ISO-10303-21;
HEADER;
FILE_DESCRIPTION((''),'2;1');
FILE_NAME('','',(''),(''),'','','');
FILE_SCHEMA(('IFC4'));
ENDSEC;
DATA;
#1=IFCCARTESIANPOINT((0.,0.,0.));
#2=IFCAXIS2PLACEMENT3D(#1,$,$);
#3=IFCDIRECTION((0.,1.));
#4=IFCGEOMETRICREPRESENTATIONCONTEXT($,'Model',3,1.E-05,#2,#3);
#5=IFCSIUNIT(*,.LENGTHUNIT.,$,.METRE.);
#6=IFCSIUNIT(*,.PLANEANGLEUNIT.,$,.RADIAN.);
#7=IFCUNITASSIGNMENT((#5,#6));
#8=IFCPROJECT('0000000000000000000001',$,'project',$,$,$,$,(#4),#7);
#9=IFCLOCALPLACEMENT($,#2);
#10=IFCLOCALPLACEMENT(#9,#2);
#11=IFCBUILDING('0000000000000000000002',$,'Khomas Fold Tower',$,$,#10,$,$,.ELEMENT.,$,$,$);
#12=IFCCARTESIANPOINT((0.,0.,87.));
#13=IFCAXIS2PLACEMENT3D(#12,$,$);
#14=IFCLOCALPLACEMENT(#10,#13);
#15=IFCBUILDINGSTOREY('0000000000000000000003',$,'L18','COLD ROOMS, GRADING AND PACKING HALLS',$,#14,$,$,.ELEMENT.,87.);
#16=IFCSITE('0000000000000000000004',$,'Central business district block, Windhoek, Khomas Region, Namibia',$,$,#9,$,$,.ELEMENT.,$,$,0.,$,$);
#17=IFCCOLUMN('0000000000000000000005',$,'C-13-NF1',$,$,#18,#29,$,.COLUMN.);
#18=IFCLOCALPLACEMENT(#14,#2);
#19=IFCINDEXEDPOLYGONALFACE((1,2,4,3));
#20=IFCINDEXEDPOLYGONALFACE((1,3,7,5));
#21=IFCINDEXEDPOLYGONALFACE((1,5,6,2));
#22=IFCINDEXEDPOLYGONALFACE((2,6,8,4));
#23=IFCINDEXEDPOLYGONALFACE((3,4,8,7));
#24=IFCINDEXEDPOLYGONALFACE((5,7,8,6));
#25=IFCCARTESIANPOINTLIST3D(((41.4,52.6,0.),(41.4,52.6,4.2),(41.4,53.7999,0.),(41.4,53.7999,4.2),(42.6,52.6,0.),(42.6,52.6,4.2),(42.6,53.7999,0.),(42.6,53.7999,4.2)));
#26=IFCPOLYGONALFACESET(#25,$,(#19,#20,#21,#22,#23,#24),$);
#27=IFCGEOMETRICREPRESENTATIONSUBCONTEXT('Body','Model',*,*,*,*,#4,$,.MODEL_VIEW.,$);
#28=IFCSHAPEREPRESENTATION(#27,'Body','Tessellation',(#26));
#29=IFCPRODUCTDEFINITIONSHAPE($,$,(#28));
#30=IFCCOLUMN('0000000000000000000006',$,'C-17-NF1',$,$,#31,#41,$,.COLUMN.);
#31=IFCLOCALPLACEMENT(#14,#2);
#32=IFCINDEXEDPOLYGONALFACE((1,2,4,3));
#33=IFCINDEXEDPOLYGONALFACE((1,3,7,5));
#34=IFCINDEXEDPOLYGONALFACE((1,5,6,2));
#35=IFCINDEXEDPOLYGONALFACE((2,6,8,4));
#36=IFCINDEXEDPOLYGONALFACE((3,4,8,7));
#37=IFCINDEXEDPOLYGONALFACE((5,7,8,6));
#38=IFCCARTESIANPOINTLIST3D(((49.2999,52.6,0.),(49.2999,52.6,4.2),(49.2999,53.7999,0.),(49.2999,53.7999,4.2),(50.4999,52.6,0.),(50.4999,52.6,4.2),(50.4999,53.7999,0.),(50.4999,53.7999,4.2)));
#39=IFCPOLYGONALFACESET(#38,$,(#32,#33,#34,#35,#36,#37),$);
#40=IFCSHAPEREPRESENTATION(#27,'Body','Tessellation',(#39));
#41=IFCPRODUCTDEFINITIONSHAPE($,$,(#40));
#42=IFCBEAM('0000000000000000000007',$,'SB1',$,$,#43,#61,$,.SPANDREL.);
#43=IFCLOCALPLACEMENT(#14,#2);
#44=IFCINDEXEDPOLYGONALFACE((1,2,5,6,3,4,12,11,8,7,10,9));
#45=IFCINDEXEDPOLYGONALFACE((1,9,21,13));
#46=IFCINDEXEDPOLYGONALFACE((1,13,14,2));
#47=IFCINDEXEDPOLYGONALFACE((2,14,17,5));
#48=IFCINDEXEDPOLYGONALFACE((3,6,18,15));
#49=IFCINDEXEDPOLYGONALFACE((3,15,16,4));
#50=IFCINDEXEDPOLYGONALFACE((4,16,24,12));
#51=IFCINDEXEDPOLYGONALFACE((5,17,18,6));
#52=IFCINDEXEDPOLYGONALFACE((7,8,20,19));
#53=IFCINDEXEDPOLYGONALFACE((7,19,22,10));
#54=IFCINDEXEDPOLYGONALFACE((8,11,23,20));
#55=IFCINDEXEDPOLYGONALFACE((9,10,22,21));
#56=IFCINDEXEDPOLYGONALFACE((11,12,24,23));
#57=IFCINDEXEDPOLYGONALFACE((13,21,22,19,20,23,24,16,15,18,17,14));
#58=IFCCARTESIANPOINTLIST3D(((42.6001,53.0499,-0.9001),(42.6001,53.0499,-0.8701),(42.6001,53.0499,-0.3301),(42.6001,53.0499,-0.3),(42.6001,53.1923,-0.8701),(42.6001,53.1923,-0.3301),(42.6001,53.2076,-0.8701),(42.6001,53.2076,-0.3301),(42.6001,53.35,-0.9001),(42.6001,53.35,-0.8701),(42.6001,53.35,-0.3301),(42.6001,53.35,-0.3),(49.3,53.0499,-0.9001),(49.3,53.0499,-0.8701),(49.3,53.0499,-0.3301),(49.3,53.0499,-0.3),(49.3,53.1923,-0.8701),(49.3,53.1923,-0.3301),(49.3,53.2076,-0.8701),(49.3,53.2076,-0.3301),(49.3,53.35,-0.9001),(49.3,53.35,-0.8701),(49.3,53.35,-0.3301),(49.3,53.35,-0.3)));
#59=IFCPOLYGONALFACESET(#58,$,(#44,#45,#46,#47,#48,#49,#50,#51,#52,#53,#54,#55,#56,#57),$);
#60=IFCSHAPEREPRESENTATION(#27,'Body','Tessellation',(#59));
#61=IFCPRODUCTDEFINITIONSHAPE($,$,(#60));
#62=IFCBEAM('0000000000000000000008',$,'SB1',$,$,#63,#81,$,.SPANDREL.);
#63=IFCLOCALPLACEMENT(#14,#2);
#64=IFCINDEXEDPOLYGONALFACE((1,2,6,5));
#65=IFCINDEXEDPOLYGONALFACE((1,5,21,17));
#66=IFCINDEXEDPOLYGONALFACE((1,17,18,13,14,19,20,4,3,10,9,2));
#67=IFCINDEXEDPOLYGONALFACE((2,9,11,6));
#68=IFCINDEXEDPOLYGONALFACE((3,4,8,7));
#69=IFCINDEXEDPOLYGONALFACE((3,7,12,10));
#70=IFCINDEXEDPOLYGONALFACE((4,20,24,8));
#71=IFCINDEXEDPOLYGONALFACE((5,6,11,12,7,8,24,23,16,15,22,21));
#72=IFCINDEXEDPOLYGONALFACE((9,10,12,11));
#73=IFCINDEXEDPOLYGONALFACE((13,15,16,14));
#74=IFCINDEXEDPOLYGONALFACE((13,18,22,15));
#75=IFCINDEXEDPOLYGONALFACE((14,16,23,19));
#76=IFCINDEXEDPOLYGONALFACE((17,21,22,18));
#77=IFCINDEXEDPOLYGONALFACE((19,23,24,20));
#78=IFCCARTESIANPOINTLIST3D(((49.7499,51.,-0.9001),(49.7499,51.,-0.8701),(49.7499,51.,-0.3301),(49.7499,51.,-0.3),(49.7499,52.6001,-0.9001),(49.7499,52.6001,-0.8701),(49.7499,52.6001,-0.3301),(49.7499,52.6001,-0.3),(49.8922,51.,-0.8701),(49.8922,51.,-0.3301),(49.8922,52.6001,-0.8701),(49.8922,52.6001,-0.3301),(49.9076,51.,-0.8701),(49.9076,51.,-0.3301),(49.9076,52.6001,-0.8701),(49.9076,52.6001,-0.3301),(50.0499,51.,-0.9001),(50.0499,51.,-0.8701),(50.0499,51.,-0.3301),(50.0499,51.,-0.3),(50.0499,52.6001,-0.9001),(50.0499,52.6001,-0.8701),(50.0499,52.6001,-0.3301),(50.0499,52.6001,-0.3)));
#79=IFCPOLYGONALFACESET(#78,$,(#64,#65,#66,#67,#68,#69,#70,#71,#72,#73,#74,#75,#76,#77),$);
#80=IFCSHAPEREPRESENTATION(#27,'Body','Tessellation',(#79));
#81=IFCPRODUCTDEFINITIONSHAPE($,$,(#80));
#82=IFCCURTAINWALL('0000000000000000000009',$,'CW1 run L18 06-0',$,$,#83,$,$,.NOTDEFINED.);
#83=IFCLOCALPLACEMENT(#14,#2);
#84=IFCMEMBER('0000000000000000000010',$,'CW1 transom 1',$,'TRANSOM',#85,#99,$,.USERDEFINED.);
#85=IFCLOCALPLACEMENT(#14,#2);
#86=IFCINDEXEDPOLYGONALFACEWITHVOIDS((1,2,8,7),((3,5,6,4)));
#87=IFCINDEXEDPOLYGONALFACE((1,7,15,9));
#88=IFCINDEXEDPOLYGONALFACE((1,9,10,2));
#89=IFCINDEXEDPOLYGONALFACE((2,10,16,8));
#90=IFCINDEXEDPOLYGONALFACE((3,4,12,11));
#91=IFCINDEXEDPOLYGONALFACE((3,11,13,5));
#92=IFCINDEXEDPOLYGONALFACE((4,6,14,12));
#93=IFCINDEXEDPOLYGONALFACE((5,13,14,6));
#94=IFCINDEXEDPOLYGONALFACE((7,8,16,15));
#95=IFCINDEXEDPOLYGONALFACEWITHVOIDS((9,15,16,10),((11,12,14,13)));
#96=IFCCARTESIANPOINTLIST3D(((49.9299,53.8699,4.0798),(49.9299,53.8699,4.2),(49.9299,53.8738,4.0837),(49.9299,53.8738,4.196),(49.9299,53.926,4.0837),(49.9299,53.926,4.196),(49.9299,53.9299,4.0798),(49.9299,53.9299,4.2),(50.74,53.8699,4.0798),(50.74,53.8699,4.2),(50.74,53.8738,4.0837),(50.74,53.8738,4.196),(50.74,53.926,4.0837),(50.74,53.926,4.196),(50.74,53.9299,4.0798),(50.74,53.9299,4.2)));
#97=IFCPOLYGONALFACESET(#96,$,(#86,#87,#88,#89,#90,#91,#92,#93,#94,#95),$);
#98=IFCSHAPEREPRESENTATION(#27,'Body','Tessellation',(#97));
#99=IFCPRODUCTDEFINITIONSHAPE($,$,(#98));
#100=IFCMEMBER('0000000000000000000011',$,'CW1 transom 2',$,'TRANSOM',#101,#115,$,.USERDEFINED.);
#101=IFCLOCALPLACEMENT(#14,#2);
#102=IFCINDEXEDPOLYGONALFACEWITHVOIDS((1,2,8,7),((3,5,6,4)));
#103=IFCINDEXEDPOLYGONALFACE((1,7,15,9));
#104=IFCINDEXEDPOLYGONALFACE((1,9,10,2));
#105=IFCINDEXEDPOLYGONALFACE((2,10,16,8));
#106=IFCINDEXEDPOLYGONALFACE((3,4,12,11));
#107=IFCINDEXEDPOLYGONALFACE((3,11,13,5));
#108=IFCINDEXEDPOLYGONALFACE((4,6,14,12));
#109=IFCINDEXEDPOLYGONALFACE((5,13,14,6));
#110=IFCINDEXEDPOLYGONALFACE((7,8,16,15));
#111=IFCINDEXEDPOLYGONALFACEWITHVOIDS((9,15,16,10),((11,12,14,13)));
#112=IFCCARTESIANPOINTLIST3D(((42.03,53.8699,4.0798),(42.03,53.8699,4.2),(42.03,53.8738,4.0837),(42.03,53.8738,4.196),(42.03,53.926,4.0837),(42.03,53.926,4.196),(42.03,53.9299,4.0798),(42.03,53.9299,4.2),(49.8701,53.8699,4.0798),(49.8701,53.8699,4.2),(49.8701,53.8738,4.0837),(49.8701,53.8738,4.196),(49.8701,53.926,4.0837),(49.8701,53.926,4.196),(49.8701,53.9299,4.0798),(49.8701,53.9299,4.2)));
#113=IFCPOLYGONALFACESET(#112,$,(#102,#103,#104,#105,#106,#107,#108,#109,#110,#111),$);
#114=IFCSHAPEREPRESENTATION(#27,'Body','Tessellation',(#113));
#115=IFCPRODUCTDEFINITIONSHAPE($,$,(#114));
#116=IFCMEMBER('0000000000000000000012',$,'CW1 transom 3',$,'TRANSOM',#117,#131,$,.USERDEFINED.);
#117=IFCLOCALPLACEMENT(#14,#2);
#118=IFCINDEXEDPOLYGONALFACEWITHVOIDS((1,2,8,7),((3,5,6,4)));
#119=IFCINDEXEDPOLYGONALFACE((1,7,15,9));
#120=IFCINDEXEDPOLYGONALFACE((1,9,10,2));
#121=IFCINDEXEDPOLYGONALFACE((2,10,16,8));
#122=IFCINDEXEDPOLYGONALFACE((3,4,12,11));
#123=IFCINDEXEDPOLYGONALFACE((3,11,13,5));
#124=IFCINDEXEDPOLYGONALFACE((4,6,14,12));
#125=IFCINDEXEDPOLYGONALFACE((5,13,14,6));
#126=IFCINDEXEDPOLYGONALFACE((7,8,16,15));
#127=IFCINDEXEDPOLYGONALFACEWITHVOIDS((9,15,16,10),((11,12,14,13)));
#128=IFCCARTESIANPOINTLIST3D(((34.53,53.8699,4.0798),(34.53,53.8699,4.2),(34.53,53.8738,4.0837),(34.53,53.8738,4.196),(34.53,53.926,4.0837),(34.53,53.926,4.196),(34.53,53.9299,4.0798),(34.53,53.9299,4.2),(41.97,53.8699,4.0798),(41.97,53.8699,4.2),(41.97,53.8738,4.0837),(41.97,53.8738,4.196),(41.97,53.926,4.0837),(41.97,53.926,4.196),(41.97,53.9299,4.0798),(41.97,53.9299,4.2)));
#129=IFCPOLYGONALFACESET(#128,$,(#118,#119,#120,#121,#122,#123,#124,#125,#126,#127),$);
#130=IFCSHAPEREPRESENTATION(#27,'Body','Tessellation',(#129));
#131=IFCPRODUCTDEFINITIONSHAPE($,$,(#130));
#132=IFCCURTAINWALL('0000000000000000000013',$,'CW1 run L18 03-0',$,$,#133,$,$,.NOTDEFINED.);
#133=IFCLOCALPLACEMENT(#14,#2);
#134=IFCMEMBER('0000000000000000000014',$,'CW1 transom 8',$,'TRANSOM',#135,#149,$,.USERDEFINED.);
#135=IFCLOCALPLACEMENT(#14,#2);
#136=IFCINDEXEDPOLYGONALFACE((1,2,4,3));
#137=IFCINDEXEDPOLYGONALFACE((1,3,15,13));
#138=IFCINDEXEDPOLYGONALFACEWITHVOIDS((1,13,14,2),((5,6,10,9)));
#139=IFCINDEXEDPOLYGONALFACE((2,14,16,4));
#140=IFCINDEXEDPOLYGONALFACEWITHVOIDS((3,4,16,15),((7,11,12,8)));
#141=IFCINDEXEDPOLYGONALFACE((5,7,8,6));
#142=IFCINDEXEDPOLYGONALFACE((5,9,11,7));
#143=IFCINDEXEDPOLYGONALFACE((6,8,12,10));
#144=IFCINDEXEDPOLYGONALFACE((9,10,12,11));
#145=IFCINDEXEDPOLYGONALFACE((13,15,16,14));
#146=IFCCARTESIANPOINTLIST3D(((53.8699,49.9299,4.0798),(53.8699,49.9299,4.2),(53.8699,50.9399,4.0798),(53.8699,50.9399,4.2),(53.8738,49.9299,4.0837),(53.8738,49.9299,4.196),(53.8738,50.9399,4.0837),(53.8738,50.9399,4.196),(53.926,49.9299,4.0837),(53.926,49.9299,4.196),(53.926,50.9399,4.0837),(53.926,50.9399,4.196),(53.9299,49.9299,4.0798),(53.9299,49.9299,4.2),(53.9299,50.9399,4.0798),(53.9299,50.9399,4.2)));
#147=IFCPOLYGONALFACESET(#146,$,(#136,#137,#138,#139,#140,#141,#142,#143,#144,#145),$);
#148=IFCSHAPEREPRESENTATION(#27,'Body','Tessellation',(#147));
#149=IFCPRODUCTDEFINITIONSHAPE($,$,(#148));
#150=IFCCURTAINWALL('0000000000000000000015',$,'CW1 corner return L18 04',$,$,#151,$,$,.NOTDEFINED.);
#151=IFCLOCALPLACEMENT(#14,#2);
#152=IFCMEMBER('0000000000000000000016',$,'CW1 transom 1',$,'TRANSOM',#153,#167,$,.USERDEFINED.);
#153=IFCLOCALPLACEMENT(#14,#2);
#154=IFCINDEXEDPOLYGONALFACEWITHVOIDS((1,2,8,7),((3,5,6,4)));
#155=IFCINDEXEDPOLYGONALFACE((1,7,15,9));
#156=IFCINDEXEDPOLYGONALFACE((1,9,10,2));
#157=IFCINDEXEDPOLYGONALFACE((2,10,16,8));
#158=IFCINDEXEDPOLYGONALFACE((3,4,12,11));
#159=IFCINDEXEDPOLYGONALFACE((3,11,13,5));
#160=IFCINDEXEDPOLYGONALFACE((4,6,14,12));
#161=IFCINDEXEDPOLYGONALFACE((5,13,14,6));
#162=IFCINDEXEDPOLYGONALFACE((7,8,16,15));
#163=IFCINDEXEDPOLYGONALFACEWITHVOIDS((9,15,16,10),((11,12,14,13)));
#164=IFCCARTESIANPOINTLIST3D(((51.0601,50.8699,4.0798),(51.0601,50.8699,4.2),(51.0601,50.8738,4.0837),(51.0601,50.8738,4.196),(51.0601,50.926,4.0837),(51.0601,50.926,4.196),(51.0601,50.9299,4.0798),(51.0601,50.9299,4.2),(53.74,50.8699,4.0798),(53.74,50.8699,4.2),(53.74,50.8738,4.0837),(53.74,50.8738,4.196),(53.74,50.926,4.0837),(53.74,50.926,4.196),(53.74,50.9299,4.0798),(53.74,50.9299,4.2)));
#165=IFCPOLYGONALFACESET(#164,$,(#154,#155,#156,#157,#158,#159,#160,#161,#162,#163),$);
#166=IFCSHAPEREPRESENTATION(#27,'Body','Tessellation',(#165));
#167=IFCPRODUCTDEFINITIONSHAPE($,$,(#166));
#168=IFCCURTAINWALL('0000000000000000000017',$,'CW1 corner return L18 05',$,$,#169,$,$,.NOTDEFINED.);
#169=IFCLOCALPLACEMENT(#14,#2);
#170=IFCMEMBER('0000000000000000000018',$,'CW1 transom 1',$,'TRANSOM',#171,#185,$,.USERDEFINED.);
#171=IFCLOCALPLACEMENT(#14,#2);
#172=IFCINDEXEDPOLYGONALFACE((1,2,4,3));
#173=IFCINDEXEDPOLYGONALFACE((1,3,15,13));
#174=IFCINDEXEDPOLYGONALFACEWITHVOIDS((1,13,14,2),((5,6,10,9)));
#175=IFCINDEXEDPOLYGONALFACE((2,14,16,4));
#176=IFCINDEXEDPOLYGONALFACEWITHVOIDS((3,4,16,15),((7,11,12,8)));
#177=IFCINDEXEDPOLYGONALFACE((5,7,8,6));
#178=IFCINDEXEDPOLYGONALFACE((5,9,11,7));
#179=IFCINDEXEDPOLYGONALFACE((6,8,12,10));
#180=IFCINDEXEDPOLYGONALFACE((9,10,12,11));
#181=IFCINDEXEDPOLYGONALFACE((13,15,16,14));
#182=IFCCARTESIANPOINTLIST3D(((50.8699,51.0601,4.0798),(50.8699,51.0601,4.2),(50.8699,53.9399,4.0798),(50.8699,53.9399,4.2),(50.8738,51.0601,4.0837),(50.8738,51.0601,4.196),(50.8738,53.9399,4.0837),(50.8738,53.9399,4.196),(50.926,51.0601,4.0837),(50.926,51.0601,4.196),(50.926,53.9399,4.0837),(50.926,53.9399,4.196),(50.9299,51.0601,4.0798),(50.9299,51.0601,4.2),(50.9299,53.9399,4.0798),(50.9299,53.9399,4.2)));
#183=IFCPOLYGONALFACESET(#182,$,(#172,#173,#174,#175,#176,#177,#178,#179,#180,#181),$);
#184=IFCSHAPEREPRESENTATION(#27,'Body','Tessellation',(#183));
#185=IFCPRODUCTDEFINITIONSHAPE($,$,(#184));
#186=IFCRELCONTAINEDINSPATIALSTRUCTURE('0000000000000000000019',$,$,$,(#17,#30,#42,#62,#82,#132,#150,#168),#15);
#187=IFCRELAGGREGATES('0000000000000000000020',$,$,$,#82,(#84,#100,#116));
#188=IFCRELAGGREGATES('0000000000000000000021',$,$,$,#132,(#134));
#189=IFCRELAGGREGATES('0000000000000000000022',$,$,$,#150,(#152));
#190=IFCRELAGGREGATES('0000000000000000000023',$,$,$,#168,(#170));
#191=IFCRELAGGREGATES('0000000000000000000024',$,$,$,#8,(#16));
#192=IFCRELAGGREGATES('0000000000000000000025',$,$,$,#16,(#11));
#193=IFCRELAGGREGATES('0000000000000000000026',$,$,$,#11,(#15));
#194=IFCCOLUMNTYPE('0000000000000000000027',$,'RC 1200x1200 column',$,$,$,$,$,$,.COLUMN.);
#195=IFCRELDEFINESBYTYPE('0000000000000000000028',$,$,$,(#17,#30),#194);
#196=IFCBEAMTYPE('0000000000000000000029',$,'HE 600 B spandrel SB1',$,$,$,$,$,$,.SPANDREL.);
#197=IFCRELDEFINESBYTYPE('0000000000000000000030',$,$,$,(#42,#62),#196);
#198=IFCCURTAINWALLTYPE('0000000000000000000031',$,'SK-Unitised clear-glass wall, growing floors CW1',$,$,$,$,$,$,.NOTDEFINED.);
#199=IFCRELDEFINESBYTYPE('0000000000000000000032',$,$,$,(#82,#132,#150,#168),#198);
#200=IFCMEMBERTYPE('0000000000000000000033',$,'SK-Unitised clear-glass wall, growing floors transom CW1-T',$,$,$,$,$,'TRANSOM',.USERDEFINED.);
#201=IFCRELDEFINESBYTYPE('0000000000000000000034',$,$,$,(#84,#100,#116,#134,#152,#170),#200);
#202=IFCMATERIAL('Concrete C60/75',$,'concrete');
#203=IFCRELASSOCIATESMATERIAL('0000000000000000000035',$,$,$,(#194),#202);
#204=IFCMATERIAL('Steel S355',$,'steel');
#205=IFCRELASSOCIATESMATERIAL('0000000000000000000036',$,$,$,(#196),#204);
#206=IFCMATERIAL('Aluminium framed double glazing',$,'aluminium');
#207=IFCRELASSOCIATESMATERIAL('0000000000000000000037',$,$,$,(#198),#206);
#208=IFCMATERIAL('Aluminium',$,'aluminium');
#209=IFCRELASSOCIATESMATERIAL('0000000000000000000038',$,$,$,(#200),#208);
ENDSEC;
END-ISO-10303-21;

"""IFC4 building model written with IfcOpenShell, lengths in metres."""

from ifc_helpers import new_model, si_unit, direction, frame, origin, origin_2d, place, context, subcontext, project, spatial, rectangle, hollow_rectangle, i_section, extrude, source, transform, mapped, material, material_profile, profile_set, type_object, element, aggregate, save


model = new_model("IFC4")

# Units and contexts
model_context = context("Model", 3, precision=1e-05, world=origin(), true_north=direction((0.0, 1.0)))
body_context = subcontext(model_context, "Body", "Model", "MODEL_VIEW")
ifc_project = project(units=[si_unit("LENGTHUNIT", "METRE"), si_unit("PLANEANGLEUNIT", "RADIAN")], contexts=[model_context])

# Site, building, storey
site_placement = place(None, origin())
site = spatial("IfcSite", under=ifc_project, at=site_placement, Name="Central business district block, Windhoek, Khomas Region, Namibia", CompositionType="ELEMENT", RefElevation=0.0)
building_placement = place(site_placement, origin())
building = spatial("IfcBuilding", under=site, at=building_placement, Name="Khomas Fold Tower", CompositionType="ELEMENT")
storey_placement = place(building_placement, frame((0.0, 0.0, 87.0)))
storey = spatial("IfcBuildingStorey", under=building, at=storey_placement, Name="L18", Description="COLD ROOMS, GRADING AND PACKING HALLS", CompositionType="ELEMENT", Elevation=87.0)

# Columns
ifc_material_1 = material(Name="Concrete C60/75", Category="concrete")
ifc_material_profile_1 = material_profile(ifc_material_1, rectangle(XDim=1.2, YDim=1.2, at=origin_2d()), Name="RC 1200x1200")
ifc_profile_set_1 = profile_set([ifc_material_profile_1], Name="Concrete C60/75")
column_type = type_object("IfcColumnType", Name="RC 1200x1200 column", PredefinedType="COLUMN", material=ifc_profile_set_1)
shared_shape_1 = source(origin(), body_context, "Body", "SweptSolid", [
    extrude(rectangle(XDim=1.2, YDim=1.2, at=origin_2d()), origin(), (0.0, 0.0, 1.0), 4.2),
])
for number, where, z_axis, x_axis, name in (
    (1, (42.0, 53.2, 0.0), (0.0, 0.0, 1.0), (1.0, 0.0, 0.0), "C-13-NF1"),
    (2, (49.8999, 53.2, 0.0), (0.0, 0.0, 1.0), (1.0, 0.0, 0.0), "C-17-NF1"),
):
    element("IfcColumn", number, at=place(storey_placement, frame(where, z_axis=z_axis, x_axis=x_axis)), inside=storey, type_object=column_type, Name=name, PredefinedType="COLUMN", context=body_context, shape_type="MappedRepresentation", body=[
        mapped(shared_shape_1, transform((0.0, 0.0, 0.0))),
    ])

# Beams
ifc_material_2 = material(Name="Steel S355", Category="steel")
ifc_material_profile_2 = material_profile(ifc_material_2, i_section(OverallWidth=0.3, OverallDepth=0.6001, WebThickness=0.0154, FlangeThickness=0.03, at=origin_2d()), Name="HE 600 B")
ifc_profile_set_2 = profile_set([ifc_material_profile_2], Name="Steel S355")
beam_type = type_object("IfcBeamType", Name="HE 600 B spandrel SB1", PredefinedType="SPANDREL", material=ifc_profile_set_2)
shared_shape_2 = source(origin(), body_context, "Body", "SweptSolid", [
    extrude(i_section(OverallWidth=0.3, OverallDepth=0.6001, WebThickness=0.0154, FlangeThickness=0.03, at=origin_2d()), origin(), (0.0, 0.0, 1.0), 6.7),
])
beam_1_placement = place(storey_placement, frame((42.6001, 53.2, -0.6001), z_axis=(1.0, 0.0, 0.0), x_axis=(0.0, 1.0, 0.0)))
element("IfcBeam", 3, at=beam_1_placement, inside=storey, type_object=beam_type, Name="SB1", PredefinedType="SPANDREL", context=body_context, shape_type="MappedRepresentation", body=[
    mapped(shared_shape_2, transform((0.0, 0.0, 0.0))),
])
shared_shape_3 = source(origin(), body_context, "Body", "SweptSolid", [
    extrude(i_section(OverallWidth=0.3, OverallDepth=0.6001, WebThickness=0.0154, FlangeThickness=0.03, at=origin_2d()), origin(), (0.0, 0.0, 1.0), 1.6001),
])
beam_2_placement = place(storey_placement, frame((49.8999, 51.0, -0.6001), z_axis=(0.0, 1.0, 0.0), x_axis=(-1.0, 0.0, 0.0)))
element("IfcBeam", 4, at=beam_2_placement, inside=storey, type_object=beam_type, Name="SB1", PredefinedType="SPANDREL", context=body_context, shape_type="MappedRepresentation", body=[
    mapped(shared_shape_3, transform((0.0, 0.0, 0.0))),
])

# Curtain wall, members
ifc_material_3 = material(Name="Aluminium framed double glazing", Category="aluminium")
curtain_wall_type = type_object("IfcCurtainWallType", Name="SK-Unitised clear-glass wall, growing floors CW1", PredefinedType="NOTDEFINED", material=ifc_material_3)
curtain_wall_1_placement = place(storey_placement, origin())
curtain_wall_1 = element("IfcCurtainWall", 5, at=curtain_wall_1_placement, inside=storey, type_object=curtain_wall_type, Name="CW1 run L18 06-0", PredefinedType="NOTDEFINED")
ifc_material_4 = material(Name="Aluminium", Category="aluminium")
ifc_material_profile_3 = material_profile(ifc_material_4, hollow_rectangle(XDim=0.0601, YDim=0.1201, WallThickness=0.0039, at=origin_2d()), Name="SK-Unitised clear-glass wall, growing floors transom CW1-T")
ifc_profile_set_3 = profile_set([ifc_material_profile_3], Name="Aluminium")
member_type_1 = type_object("IfcMemberType", Name="SK-Unitised clear-glass wall, growing floors transom CW1-T", ElementType="TRANSOM", PredefinedType="USERDEFINED", material=ifc_profile_set_3)
shared_shape_4 = source(origin(), body_context, "Body", "SweptSolid", [
    extrude(hollow_rectangle(XDim=0.0601, YDim=0.1201, WallThickness=0.0039, at=origin_2d()), origin(), (0.0, 0.0, 1.0), 0.8101),
])
member_1_placement = place(storey_placement, frame((50.74, 53.8999, 4.1399), z_axis=(-1.0, 0.0, 0.0), x_axis=(0.0, -1.0, 0.0)))
member_1 = element("IfcMember", 6, at=member_1_placement, type_object=member_type_1, Name="CW1 transom 1", ObjectType="TRANSOM", PredefinedType="USERDEFINED", context=body_context, shape_type="MappedRepresentation", body=[
    mapped(shared_shape_4, transform((0.0, 0.0, 0.0))),
])
shared_shape_5 = source(origin(), body_context, "Body", "SweptSolid", [
    extrude(hollow_rectangle(XDim=0.0601, YDim=0.1201, WallThickness=0.0039, at=origin_2d()), origin(), (0.0, 0.0, 1.0), 7.8401),
])
member_2_placement = place(storey_placement, frame((49.8701, 53.8999, 4.1399), z_axis=(-1.0, 0.0, 0.0), x_axis=(0.0, -1.0, 0.0)))
member_2 = element("IfcMember", 7, at=member_2_placement, type_object=member_type_1, Name="CW1 transom 2", ObjectType="TRANSOM", PredefinedType="USERDEFINED", context=body_context, shape_type="MappedRepresentation", body=[
    mapped(shared_shape_5, transform((0.0, 0.0, 0.0))),
])
shared_shape_6 = source(origin(), body_context, "Body", "SweptSolid", [
    extrude(hollow_rectangle(XDim=0.0601, YDim=0.1201, WallThickness=0.0039, at=origin_2d()), origin(), (0.0, 0.0, 1.0), 7.4399),
])
member_3_placement = place(storey_placement, frame((41.97, 53.8999, 4.1399), z_axis=(-1.0, 0.0, 0.0), x_axis=(0.0, -1.0, 0.0)))
member_3 = element("IfcMember", 8, at=member_3_placement, type_object=member_type_1, Name="CW1 transom 3", ObjectType="TRANSOM", PredefinedType="USERDEFINED", context=body_context, shape_type="MappedRepresentation", body=[
    mapped(shared_shape_6, transform((0.0, 0.0, 0.0))),
])

# Curtain walls, members
curtain_wall_2_placement = place(storey_placement, origin())
curtain_wall_2 = element("IfcCurtainWall", 9, at=curtain_wall_2_placement, inside=storey, type_object=curtain_wall_type, Name="CW1 run L18 03-0", PredefinedType="NOTDEFINED")
shared_shape_7 = source(origin(), body_context, "Body", "SweptSolid", [
    extrude(hollow_rectangle(XDim=0.0601, YDim=0.1201, WallThickness=0.0039, at=origin_2d()), origin(), (0.0, 0.0, 1.0), 1.01),
])
member_4_placement = place(storey_placement, frame((53.8999, 49.9299, 4.1399), z_axis=(0.0, 1.0, 0.0), x_axis=(-1.0, 0.0, 0.0)))
member_4 = element("IfcMember", 10, at=member_4_placement, type_object=member_type_1, Name="CW1 transom 8", ObjectType="TRANSOM", PredefinedType="USERDEFINED", context=body_context, shape_type="MappedRepresentation", body=[
    mapped(shared_shape_7, transform((0.0, 0.0, 0.0))),
])
curtain_wall_3_placement = place(storey_placement, origin())
curtain_wall_3 = element("IfcCurtainWall", 11, at=curtain_wall_3_placement, inside=storey, type_object=curtain_wall_type, Name="CW1 corner return L18 04", PredefinedType="NOTDEFINED")
shared_shape_8 = source(origin(), body_context, "Body", "SweptSolid", [
    extrude(hollow_rectangle(XDim=0.0601, YDim=0.1201, WallThickness=0.0039, at=origin_2d()), origin(), (0.0, 0.0, 1.0), 2.6799),
])
member_5_placement = place(storey_placement, frame((53.74, 50.8999, 4.1399), z_axis=(-1.0, 0.0, 0.0), x_axis=(0.0, -1.0, 0.0)))
member_5 = element("IfcMember", 12, at=member_5_placement, type_object=member_type_1, Name="CW1 transom 1", ObjectType="TRANSOM", PredefinedType="USERDEFINED", context=body_context, shape_type="MappedRepresentation", body=[
    mapped(shared_shape_8, transform((0.0, 0.0, 0.0))),
])
curtain_wall_4_placement = place(storey_placement, origin())
curtain_wall_4 = element("IfcCurtainWall", 13, at=curtain_wall_4_placement, inside=storey, type_object=curtain_wall_type, Name="CW1 corner return L18 05", PredefinedType="NOTDEFINED")
shared_shape_9 = source(origin(), body_context, "Body", "SweptSolid", [
    extrude(hollow_rectangle(XDim=0.0601, YDim=0.1201, WallThickness=0.0039, at=origin_2d()), origin(), (0.0, 0.0, 1.0), 2.8799),
])
member_6_placement = place(storey_placement, frame((50.8999, 51.0601, 4.1399), z_axis=(0.0, 1.0, 0.0), x_axis=(-1.0, 0.0, 0.0)))
member_6 = element("IfcMember", 14, at=member_6_placement, type_object=member_type_1, Name="CW1 transom 1", ObjectType="TRANSOM", PredefinedType="USERDEFINED", context=body_context, shape_type="MappedRepresentation", body=[
    mapped(shared_shape_9, transform((0.0, 0.0, 0.0))),
])

aggregate(curtain_wall_1, [member_1, member_2, member_3])
aggregate(curtain_wall_2, [member_4])
aggregate(curtain_wall_3, [member_5])
aggregate(curtain_wall_4, [member_6])

save(model, "model.ifc")
